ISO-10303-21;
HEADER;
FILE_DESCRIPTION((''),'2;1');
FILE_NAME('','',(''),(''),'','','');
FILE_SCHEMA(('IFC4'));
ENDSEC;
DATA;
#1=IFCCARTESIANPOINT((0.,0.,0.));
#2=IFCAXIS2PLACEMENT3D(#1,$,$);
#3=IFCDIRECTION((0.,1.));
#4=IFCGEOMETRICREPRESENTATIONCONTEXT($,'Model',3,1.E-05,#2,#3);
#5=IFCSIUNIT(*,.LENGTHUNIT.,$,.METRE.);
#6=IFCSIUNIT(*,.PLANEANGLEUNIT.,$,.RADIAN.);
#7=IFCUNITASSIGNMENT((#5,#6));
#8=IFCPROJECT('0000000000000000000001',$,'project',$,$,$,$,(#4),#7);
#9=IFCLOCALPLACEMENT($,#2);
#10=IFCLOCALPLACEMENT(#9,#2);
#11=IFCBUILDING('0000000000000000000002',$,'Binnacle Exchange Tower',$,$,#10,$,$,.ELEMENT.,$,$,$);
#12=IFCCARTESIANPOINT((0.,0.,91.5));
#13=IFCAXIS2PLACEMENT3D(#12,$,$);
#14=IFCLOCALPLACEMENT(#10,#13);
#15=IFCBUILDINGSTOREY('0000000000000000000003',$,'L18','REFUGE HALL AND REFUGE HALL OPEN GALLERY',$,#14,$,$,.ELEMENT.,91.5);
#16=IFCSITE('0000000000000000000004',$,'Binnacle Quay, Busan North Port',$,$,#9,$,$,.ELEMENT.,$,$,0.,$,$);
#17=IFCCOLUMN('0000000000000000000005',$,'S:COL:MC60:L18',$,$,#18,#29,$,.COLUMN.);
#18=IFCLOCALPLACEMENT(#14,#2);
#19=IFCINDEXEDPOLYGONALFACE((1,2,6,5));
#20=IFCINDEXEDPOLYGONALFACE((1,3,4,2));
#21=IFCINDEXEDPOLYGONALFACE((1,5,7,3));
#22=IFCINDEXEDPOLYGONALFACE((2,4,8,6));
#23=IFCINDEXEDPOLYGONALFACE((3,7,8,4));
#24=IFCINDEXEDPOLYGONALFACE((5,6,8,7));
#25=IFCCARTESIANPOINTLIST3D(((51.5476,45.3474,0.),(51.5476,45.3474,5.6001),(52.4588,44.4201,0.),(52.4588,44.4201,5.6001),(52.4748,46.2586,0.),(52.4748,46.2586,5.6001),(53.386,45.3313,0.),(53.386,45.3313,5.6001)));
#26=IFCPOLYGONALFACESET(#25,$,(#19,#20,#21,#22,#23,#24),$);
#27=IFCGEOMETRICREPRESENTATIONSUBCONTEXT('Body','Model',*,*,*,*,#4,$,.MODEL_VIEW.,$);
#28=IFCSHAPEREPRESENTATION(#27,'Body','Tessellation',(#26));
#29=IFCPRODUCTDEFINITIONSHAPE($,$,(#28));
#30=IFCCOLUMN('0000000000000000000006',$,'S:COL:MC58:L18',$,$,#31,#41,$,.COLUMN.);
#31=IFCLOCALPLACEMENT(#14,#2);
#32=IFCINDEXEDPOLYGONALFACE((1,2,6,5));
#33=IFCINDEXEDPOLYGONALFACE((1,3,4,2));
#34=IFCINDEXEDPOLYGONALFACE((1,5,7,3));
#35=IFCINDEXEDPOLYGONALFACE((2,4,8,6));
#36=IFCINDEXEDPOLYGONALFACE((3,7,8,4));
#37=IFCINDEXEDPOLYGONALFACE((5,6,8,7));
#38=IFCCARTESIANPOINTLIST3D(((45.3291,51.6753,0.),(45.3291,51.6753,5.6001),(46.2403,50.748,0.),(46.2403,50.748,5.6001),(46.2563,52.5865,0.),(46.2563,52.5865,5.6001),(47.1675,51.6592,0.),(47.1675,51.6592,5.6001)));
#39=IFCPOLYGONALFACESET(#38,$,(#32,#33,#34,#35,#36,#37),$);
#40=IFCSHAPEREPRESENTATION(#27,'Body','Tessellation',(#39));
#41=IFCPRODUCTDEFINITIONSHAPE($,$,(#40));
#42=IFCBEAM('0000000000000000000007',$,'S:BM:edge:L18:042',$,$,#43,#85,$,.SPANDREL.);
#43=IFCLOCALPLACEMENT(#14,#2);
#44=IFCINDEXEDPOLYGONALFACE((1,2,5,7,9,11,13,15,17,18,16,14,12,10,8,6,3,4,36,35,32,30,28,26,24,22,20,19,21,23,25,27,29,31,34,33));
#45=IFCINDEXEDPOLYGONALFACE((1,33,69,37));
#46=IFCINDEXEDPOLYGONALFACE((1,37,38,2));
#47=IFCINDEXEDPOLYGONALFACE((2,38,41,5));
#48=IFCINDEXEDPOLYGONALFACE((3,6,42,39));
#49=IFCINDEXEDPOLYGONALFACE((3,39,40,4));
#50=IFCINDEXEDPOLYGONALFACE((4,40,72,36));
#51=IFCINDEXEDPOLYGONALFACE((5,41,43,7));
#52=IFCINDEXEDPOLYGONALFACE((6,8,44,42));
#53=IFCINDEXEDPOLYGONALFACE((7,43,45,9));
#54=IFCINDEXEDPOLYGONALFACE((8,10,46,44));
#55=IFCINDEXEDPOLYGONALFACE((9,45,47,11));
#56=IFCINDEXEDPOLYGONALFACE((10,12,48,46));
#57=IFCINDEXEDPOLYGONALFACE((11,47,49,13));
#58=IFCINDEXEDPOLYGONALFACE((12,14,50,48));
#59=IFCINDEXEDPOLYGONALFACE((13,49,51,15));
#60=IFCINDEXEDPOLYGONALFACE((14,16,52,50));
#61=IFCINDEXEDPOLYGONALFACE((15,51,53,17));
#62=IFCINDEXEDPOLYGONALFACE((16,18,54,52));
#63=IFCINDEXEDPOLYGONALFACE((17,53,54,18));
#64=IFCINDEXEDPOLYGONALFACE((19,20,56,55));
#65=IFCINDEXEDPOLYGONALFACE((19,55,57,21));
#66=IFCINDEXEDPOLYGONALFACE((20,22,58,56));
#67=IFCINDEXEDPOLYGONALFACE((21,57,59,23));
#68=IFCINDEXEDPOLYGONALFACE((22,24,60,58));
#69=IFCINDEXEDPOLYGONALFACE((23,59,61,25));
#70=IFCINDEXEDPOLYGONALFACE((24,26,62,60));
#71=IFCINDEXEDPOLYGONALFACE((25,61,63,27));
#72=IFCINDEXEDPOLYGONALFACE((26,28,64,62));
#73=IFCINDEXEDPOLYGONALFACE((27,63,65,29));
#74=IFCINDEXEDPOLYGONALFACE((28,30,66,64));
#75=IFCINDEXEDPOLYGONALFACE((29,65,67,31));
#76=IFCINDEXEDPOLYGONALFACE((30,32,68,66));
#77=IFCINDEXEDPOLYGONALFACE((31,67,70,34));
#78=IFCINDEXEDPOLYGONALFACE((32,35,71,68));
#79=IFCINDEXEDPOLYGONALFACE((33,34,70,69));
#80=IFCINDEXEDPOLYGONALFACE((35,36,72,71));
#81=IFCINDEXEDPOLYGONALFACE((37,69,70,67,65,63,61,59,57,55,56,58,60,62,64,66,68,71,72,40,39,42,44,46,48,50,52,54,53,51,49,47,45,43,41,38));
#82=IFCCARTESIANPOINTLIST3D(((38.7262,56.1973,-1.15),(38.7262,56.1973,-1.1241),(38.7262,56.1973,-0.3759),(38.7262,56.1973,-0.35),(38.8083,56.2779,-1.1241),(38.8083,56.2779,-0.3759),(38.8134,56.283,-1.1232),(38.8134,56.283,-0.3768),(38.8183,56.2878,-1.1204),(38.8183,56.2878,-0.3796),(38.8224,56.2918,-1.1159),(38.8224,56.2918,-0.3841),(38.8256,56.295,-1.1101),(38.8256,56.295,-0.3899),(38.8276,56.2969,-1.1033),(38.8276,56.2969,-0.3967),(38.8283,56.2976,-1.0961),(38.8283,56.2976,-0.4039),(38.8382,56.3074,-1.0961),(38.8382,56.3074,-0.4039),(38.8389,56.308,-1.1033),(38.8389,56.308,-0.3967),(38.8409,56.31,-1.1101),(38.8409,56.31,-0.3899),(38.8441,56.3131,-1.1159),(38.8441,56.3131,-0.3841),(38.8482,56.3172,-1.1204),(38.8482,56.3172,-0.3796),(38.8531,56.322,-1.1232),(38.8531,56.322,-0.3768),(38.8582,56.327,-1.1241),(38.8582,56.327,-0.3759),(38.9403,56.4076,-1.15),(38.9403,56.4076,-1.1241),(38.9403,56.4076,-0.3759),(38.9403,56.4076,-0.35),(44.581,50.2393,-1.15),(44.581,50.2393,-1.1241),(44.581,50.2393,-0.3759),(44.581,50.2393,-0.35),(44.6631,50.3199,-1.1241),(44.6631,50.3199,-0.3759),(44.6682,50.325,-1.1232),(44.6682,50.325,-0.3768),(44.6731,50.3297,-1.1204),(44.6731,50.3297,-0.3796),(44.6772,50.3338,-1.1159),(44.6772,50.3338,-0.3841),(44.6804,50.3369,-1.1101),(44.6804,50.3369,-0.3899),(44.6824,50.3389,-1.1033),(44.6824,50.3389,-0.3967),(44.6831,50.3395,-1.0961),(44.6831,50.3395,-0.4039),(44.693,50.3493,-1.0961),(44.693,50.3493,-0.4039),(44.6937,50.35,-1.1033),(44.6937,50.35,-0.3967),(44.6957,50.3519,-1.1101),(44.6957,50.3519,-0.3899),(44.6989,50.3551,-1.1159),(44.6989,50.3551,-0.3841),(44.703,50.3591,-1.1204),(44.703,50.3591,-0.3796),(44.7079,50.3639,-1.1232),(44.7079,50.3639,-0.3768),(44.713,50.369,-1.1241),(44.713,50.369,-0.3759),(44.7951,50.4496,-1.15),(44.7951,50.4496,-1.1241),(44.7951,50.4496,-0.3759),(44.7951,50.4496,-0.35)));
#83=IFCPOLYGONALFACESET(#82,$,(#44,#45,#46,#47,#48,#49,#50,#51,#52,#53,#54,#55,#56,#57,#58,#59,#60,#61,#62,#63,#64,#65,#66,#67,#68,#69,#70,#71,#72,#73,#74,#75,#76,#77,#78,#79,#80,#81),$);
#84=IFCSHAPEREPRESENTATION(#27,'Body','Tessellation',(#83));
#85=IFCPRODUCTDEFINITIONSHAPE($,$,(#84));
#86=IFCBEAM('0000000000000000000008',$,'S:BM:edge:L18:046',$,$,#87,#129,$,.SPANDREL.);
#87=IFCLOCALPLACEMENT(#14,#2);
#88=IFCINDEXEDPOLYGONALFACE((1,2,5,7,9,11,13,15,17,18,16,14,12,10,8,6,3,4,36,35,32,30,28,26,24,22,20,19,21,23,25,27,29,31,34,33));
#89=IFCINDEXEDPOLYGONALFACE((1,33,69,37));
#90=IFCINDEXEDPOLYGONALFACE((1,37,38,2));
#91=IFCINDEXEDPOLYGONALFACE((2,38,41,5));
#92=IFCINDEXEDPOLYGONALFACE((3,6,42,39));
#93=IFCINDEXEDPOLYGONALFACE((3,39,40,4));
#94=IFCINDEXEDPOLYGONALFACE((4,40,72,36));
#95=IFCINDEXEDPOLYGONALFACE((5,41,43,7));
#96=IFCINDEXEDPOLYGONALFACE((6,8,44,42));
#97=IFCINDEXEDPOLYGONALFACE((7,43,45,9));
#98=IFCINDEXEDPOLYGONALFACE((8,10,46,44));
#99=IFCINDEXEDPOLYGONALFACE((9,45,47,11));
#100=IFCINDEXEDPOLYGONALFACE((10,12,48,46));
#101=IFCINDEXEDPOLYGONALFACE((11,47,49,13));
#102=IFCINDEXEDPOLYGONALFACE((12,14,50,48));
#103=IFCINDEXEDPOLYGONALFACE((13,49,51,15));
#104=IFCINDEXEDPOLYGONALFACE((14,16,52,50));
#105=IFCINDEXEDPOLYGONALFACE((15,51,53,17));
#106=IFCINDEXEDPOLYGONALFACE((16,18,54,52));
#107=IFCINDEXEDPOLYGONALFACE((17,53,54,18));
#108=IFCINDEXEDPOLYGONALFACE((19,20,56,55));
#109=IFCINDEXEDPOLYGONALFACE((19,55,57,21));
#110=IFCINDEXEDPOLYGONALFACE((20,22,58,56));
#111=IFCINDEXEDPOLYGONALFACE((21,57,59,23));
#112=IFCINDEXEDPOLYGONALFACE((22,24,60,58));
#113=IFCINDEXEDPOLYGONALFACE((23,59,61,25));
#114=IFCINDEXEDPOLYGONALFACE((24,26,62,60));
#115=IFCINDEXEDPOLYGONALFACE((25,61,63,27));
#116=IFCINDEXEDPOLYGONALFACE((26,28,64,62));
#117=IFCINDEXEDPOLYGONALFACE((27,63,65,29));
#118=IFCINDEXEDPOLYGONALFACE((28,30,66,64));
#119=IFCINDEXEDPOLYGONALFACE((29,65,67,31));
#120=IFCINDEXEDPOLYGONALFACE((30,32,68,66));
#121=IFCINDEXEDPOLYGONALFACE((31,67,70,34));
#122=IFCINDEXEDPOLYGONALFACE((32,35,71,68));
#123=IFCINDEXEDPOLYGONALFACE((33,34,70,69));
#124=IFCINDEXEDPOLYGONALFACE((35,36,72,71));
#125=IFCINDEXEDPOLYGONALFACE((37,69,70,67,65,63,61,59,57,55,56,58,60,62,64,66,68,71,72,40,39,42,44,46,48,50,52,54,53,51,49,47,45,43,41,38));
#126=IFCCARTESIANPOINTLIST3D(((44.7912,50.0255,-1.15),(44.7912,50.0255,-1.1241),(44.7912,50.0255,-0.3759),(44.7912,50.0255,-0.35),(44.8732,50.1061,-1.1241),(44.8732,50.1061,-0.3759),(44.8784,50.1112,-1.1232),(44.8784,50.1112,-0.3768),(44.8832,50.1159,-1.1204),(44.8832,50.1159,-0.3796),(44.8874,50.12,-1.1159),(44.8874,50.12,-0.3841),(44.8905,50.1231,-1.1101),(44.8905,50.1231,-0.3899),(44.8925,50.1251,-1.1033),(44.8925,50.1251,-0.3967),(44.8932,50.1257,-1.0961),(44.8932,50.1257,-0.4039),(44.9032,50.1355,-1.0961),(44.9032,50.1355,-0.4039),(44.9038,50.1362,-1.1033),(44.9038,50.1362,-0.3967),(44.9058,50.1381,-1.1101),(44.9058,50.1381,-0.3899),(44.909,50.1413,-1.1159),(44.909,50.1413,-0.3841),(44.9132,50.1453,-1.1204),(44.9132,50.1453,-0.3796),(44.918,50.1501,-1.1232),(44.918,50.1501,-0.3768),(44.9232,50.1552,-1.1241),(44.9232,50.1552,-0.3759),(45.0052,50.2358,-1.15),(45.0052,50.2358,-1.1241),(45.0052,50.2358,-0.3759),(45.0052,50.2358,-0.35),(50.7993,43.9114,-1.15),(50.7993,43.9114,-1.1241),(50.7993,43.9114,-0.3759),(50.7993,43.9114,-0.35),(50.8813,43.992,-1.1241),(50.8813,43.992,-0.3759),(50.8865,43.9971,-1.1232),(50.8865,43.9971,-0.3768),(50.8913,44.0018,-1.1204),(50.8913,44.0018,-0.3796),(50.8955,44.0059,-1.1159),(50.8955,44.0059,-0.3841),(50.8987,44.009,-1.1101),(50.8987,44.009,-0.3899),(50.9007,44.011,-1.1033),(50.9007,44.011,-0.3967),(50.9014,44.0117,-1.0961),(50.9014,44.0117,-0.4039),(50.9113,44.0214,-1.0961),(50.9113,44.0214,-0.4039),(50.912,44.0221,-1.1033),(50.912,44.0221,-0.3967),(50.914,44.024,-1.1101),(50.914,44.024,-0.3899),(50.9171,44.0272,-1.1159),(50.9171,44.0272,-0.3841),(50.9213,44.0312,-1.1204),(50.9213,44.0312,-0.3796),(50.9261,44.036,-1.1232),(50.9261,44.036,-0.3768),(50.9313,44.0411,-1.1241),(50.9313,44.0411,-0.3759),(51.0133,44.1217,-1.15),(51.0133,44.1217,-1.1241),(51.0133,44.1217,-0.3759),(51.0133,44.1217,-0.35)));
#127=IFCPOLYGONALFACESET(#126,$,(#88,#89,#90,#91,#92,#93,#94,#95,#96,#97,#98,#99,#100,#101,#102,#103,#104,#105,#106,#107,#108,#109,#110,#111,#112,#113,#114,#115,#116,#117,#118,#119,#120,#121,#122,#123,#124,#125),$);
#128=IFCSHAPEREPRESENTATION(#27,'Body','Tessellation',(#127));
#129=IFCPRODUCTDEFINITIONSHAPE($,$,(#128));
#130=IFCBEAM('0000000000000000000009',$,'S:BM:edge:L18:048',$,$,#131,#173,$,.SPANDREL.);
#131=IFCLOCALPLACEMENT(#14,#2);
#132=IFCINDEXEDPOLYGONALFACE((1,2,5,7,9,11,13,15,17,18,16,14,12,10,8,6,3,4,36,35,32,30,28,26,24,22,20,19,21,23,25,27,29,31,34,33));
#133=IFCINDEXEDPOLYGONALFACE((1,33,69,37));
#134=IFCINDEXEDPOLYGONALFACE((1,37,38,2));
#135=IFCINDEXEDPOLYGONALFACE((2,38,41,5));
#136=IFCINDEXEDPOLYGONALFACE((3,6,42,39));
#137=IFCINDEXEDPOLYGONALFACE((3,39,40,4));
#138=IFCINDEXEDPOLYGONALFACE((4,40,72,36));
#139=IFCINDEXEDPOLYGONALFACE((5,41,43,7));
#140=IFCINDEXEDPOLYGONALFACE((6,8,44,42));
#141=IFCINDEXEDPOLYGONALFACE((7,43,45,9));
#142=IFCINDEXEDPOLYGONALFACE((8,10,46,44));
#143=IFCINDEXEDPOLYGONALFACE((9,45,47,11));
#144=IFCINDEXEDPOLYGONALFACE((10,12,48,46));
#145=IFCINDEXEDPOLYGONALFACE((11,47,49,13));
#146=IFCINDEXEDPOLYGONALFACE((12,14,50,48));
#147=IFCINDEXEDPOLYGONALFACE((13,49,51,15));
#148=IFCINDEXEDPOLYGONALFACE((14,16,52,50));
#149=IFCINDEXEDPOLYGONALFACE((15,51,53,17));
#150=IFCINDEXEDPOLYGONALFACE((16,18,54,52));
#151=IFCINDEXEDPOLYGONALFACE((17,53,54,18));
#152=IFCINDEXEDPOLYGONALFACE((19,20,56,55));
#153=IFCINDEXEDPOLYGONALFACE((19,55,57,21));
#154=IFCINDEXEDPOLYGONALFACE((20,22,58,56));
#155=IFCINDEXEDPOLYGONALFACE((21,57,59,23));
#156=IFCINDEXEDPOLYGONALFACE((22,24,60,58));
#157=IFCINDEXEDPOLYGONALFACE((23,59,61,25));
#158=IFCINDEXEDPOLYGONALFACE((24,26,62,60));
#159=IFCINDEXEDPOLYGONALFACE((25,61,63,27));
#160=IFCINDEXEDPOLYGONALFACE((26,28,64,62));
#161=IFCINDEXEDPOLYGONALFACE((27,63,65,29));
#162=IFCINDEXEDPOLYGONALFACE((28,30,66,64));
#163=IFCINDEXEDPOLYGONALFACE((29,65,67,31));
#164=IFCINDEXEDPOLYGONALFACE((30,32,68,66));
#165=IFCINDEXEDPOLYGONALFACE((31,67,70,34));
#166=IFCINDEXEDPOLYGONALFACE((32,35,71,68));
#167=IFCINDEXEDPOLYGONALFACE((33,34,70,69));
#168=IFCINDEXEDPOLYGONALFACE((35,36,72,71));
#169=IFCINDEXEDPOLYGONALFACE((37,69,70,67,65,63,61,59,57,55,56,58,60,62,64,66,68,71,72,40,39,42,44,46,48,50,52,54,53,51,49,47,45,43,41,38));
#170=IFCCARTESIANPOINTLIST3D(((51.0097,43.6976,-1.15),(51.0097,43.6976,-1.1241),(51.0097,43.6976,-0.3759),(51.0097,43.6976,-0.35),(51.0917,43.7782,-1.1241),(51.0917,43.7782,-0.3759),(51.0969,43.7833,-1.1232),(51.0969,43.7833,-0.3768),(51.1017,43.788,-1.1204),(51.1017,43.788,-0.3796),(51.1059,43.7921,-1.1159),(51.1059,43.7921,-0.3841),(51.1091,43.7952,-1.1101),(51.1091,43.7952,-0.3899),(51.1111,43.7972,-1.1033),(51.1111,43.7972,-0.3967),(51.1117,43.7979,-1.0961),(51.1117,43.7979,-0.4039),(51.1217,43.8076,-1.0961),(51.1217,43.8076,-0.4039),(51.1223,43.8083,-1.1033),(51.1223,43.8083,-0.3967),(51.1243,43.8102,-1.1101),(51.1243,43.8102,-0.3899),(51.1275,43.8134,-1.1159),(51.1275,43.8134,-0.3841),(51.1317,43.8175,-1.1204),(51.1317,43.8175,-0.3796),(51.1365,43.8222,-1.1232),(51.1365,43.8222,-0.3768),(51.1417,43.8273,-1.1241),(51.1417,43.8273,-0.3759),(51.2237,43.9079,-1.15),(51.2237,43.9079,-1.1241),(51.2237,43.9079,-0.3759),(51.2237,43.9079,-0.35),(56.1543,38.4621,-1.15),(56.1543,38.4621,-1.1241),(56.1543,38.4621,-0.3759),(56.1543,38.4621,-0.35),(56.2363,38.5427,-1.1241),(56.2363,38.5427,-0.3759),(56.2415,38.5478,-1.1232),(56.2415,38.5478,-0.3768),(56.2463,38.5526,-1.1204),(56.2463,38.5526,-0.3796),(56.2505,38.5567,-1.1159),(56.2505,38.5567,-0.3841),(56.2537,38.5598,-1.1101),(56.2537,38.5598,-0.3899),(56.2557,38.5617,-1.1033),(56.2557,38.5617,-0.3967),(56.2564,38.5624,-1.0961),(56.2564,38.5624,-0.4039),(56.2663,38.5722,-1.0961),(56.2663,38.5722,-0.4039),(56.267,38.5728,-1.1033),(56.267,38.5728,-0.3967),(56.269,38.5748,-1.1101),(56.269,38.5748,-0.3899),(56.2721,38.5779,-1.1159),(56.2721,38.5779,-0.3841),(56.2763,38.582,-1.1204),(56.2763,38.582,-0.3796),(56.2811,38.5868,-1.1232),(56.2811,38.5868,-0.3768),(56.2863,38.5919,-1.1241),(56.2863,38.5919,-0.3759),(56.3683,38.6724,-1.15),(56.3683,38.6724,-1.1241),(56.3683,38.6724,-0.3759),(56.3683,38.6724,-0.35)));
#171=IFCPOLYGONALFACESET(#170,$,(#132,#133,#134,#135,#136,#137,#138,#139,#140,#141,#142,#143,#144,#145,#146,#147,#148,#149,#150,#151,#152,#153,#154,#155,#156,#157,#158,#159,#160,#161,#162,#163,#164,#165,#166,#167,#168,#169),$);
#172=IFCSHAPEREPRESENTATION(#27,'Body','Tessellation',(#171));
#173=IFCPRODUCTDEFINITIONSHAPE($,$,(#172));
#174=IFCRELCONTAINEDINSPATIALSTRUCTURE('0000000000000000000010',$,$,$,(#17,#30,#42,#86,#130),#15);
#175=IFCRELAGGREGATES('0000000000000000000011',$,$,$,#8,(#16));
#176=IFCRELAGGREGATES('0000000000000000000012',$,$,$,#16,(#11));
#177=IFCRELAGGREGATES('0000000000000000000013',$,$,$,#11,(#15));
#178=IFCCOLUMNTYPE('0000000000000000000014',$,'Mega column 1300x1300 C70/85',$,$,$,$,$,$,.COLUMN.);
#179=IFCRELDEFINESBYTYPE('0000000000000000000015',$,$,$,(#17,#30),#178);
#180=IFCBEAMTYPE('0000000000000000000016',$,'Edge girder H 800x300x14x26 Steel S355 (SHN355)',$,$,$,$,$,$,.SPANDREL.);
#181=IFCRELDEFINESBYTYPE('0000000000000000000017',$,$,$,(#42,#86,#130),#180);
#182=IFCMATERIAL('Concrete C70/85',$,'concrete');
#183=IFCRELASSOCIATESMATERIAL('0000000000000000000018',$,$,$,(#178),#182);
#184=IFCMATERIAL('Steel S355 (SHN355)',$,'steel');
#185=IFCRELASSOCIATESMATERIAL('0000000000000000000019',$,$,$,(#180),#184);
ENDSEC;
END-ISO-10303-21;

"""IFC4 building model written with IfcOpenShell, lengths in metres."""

from ifc_helpers import new_model, si_unit, direction, frame, origin, origin_2d, place, context, subcontext, project, spatial, rectangle, i_section, extrude, material, material_profile, profile_set, type_object, element, save


model = new_model("IFC4")

# Units and contexts
model_context = context("Model", 3, precision=1e-05, world=origin(), true_north=direction((0.0, 1.0)))
body_context = subcontext(model_context, "Body", "Model", "MODEL_VIEW")
ifc_project = project(units=[si_unit("LENGTHUNIT", "METRE"), si_unit("PLANEANGLEUNIT", "RADIAN")], contexts=[model_context])

# Site, building, storey
site_placement = place(None, origin())
site = spatial("IfcSite", under=ifc_project, at=site_placement, Name="Binnacle Quay, Busan North Port", CompositionType="ELEMENT", RefElevation=0.0)
building_placement = place(site_placement, origin())
building = spatial("IfcBuilding", under=site, at=building_placement, Name="Binnacle Exchange Tower", CompositionType="ELEMENT")
storey_placement = place(building_placement, frame((0.0, 0.0, 91.5)))
storey = spatial("IfcBuildingStorey", under=building, at=storey_placement, Name="L18", Description="REFUGE HALL AND REFUGE HALL OPEN GALLERY", CompositionType="ELEMENT", Elevation=91.5)

# Columns
ifc_material_1 = material(Name="Concrete C70/85", Category="concrete")
ifc_material_profile_1 = material_profile(ifc_material_1, rectangle(XDim=1.3, YDim=1.3, at=origin_2d()), Name="Mega column 1300x1300 C70/85")
ifc_profile_set_1 = profile_set([ifc_material_profile_1], Name="Concrete C70/85")
column_type = type_object("IfcColumnType", Name="Mega column 1300x1300 C70/85", PredefinedType="COLUMN", material=ifc_profile_set_1)
for number, where, z_axis, x_axis, name in (
    (1, (52.4668, 45.3394, 0.0), (0.0, 0.0, 1.0), (-0.700909, 0.71325, 0.0), "S:COL:MC60:L18"),
    (2, (46.2483, 51.6672, 0.0), (0.0, 0.0, 1.0), (-0.700909, 0.71325, 0.0), "S:COL:MC58:L18"),
):
    element("IfcColumn", number, at=place(storey_placement, frame(where, z_axis=z_axis, x_axis=x_axis)), inside=storey, type_object=column_type, Name=name, PredefinedType="COLUMN", context=body_context, shape_type="SweptSolid", body=[
        extrude(rectangle(XDim=1.3, YDim=1.3, at=origin_2d()), origin(), (0.0, 0.0, 1.0), 5.6001),
    ])

# Beams
ifc_material_2 = material(Name="Steel S355 (SHN355)", Category="steel")
ifc_material_profile_2 = material_profile(ifc_material_2, i_section(OverallWidth=0.3, OverallDepth=0.8, WebThickness=0.0139, FlangeThickness=0.0259, FilletRadius=0.0281, at=origin_2d()), Name="H 800x300x14x26")
ifc_profile_set_2 = profile_set([ifc_material_profile_2], Name="Steel S355 (SHN355)")
beam_type_1 = type_object("IfcBeamType", Name="Edge girder H 800x300x14x26 Steel S355 (SHN355)", PredefinedType="SPANDREL", material=ifc_profile_set_2)
beam_1_placement = place(storey_placement, frame((38.8333, 56.3025, -0.75), z_axis=(0.700898, -0.713261, 0.0), x_axis=(0.713261, 0.700898, 0.0)))
element("IfcBeam", 3, at=beam_1_placement, inside=storey, type_object=beam_type_1, Name="S:BM:edge:L18:042", PredefinedType="SPANDREL", context=body_context, shape_type="SweptSolid", body=[
    extrude(i_section(OverallWidth=0.3, OverallDepth=0.8, WebThickness=0.0139, FlangeThickness=0.0259, FilletRadius=0.0281, at=origin_2d()), origin(), (0.0, 0.0, 1.0), 8.3533),
])
beam_2_placement = place(storey_placement, frame((44.8982, 50.1306, -0.75), z_axis=(0.700899, -0.71326, 0.0), x_axis=(0.71326, 0.700899, 0.0)))
element("IfcBeam", 4, at=beam_2_placement, inside=storey, type_object=beam_type_1, Name="S:BM:edge:L18:046", PredefinedType="SPANDREL", context=body_context, shape_type="SweptSolid", body=[
    extrude(i_section(OverallWidth=0.3, OverallDepth=0.8, WebThickness=0.0139, FlangeThickness=0.0259, FilletRadius=0.0281, at=origin_2d()), origin(), (0.0, 0.0, 1.0), 8.572),
])
beam_3_placement = place(storey_placement, frame((51.1167, 43.8027, -0.75), z_axis=(0.700893, -0.713266, 0.0), x_axis=(0.713266, 0.700893, 0.0)))
element("IfcBeam", 5, at=beam_3_placement, inside=storey, type_object=beam_type_1, Name="S:BM:edge:L18:048", PredefinedType="SPANDREL", context=body_context, shape_type="SweptSolid", body=[
    extrude(i_section(OverallWidth=0.3, OverallDepth=0.8, WebThickness=0.0139, FlangeThickness=0.0259, FilletRadius=0.0281, at=origin_2d()), origin(), (0.0, 0.0, 1.0), 7.3401),
])

save(model, "model.ifc")
